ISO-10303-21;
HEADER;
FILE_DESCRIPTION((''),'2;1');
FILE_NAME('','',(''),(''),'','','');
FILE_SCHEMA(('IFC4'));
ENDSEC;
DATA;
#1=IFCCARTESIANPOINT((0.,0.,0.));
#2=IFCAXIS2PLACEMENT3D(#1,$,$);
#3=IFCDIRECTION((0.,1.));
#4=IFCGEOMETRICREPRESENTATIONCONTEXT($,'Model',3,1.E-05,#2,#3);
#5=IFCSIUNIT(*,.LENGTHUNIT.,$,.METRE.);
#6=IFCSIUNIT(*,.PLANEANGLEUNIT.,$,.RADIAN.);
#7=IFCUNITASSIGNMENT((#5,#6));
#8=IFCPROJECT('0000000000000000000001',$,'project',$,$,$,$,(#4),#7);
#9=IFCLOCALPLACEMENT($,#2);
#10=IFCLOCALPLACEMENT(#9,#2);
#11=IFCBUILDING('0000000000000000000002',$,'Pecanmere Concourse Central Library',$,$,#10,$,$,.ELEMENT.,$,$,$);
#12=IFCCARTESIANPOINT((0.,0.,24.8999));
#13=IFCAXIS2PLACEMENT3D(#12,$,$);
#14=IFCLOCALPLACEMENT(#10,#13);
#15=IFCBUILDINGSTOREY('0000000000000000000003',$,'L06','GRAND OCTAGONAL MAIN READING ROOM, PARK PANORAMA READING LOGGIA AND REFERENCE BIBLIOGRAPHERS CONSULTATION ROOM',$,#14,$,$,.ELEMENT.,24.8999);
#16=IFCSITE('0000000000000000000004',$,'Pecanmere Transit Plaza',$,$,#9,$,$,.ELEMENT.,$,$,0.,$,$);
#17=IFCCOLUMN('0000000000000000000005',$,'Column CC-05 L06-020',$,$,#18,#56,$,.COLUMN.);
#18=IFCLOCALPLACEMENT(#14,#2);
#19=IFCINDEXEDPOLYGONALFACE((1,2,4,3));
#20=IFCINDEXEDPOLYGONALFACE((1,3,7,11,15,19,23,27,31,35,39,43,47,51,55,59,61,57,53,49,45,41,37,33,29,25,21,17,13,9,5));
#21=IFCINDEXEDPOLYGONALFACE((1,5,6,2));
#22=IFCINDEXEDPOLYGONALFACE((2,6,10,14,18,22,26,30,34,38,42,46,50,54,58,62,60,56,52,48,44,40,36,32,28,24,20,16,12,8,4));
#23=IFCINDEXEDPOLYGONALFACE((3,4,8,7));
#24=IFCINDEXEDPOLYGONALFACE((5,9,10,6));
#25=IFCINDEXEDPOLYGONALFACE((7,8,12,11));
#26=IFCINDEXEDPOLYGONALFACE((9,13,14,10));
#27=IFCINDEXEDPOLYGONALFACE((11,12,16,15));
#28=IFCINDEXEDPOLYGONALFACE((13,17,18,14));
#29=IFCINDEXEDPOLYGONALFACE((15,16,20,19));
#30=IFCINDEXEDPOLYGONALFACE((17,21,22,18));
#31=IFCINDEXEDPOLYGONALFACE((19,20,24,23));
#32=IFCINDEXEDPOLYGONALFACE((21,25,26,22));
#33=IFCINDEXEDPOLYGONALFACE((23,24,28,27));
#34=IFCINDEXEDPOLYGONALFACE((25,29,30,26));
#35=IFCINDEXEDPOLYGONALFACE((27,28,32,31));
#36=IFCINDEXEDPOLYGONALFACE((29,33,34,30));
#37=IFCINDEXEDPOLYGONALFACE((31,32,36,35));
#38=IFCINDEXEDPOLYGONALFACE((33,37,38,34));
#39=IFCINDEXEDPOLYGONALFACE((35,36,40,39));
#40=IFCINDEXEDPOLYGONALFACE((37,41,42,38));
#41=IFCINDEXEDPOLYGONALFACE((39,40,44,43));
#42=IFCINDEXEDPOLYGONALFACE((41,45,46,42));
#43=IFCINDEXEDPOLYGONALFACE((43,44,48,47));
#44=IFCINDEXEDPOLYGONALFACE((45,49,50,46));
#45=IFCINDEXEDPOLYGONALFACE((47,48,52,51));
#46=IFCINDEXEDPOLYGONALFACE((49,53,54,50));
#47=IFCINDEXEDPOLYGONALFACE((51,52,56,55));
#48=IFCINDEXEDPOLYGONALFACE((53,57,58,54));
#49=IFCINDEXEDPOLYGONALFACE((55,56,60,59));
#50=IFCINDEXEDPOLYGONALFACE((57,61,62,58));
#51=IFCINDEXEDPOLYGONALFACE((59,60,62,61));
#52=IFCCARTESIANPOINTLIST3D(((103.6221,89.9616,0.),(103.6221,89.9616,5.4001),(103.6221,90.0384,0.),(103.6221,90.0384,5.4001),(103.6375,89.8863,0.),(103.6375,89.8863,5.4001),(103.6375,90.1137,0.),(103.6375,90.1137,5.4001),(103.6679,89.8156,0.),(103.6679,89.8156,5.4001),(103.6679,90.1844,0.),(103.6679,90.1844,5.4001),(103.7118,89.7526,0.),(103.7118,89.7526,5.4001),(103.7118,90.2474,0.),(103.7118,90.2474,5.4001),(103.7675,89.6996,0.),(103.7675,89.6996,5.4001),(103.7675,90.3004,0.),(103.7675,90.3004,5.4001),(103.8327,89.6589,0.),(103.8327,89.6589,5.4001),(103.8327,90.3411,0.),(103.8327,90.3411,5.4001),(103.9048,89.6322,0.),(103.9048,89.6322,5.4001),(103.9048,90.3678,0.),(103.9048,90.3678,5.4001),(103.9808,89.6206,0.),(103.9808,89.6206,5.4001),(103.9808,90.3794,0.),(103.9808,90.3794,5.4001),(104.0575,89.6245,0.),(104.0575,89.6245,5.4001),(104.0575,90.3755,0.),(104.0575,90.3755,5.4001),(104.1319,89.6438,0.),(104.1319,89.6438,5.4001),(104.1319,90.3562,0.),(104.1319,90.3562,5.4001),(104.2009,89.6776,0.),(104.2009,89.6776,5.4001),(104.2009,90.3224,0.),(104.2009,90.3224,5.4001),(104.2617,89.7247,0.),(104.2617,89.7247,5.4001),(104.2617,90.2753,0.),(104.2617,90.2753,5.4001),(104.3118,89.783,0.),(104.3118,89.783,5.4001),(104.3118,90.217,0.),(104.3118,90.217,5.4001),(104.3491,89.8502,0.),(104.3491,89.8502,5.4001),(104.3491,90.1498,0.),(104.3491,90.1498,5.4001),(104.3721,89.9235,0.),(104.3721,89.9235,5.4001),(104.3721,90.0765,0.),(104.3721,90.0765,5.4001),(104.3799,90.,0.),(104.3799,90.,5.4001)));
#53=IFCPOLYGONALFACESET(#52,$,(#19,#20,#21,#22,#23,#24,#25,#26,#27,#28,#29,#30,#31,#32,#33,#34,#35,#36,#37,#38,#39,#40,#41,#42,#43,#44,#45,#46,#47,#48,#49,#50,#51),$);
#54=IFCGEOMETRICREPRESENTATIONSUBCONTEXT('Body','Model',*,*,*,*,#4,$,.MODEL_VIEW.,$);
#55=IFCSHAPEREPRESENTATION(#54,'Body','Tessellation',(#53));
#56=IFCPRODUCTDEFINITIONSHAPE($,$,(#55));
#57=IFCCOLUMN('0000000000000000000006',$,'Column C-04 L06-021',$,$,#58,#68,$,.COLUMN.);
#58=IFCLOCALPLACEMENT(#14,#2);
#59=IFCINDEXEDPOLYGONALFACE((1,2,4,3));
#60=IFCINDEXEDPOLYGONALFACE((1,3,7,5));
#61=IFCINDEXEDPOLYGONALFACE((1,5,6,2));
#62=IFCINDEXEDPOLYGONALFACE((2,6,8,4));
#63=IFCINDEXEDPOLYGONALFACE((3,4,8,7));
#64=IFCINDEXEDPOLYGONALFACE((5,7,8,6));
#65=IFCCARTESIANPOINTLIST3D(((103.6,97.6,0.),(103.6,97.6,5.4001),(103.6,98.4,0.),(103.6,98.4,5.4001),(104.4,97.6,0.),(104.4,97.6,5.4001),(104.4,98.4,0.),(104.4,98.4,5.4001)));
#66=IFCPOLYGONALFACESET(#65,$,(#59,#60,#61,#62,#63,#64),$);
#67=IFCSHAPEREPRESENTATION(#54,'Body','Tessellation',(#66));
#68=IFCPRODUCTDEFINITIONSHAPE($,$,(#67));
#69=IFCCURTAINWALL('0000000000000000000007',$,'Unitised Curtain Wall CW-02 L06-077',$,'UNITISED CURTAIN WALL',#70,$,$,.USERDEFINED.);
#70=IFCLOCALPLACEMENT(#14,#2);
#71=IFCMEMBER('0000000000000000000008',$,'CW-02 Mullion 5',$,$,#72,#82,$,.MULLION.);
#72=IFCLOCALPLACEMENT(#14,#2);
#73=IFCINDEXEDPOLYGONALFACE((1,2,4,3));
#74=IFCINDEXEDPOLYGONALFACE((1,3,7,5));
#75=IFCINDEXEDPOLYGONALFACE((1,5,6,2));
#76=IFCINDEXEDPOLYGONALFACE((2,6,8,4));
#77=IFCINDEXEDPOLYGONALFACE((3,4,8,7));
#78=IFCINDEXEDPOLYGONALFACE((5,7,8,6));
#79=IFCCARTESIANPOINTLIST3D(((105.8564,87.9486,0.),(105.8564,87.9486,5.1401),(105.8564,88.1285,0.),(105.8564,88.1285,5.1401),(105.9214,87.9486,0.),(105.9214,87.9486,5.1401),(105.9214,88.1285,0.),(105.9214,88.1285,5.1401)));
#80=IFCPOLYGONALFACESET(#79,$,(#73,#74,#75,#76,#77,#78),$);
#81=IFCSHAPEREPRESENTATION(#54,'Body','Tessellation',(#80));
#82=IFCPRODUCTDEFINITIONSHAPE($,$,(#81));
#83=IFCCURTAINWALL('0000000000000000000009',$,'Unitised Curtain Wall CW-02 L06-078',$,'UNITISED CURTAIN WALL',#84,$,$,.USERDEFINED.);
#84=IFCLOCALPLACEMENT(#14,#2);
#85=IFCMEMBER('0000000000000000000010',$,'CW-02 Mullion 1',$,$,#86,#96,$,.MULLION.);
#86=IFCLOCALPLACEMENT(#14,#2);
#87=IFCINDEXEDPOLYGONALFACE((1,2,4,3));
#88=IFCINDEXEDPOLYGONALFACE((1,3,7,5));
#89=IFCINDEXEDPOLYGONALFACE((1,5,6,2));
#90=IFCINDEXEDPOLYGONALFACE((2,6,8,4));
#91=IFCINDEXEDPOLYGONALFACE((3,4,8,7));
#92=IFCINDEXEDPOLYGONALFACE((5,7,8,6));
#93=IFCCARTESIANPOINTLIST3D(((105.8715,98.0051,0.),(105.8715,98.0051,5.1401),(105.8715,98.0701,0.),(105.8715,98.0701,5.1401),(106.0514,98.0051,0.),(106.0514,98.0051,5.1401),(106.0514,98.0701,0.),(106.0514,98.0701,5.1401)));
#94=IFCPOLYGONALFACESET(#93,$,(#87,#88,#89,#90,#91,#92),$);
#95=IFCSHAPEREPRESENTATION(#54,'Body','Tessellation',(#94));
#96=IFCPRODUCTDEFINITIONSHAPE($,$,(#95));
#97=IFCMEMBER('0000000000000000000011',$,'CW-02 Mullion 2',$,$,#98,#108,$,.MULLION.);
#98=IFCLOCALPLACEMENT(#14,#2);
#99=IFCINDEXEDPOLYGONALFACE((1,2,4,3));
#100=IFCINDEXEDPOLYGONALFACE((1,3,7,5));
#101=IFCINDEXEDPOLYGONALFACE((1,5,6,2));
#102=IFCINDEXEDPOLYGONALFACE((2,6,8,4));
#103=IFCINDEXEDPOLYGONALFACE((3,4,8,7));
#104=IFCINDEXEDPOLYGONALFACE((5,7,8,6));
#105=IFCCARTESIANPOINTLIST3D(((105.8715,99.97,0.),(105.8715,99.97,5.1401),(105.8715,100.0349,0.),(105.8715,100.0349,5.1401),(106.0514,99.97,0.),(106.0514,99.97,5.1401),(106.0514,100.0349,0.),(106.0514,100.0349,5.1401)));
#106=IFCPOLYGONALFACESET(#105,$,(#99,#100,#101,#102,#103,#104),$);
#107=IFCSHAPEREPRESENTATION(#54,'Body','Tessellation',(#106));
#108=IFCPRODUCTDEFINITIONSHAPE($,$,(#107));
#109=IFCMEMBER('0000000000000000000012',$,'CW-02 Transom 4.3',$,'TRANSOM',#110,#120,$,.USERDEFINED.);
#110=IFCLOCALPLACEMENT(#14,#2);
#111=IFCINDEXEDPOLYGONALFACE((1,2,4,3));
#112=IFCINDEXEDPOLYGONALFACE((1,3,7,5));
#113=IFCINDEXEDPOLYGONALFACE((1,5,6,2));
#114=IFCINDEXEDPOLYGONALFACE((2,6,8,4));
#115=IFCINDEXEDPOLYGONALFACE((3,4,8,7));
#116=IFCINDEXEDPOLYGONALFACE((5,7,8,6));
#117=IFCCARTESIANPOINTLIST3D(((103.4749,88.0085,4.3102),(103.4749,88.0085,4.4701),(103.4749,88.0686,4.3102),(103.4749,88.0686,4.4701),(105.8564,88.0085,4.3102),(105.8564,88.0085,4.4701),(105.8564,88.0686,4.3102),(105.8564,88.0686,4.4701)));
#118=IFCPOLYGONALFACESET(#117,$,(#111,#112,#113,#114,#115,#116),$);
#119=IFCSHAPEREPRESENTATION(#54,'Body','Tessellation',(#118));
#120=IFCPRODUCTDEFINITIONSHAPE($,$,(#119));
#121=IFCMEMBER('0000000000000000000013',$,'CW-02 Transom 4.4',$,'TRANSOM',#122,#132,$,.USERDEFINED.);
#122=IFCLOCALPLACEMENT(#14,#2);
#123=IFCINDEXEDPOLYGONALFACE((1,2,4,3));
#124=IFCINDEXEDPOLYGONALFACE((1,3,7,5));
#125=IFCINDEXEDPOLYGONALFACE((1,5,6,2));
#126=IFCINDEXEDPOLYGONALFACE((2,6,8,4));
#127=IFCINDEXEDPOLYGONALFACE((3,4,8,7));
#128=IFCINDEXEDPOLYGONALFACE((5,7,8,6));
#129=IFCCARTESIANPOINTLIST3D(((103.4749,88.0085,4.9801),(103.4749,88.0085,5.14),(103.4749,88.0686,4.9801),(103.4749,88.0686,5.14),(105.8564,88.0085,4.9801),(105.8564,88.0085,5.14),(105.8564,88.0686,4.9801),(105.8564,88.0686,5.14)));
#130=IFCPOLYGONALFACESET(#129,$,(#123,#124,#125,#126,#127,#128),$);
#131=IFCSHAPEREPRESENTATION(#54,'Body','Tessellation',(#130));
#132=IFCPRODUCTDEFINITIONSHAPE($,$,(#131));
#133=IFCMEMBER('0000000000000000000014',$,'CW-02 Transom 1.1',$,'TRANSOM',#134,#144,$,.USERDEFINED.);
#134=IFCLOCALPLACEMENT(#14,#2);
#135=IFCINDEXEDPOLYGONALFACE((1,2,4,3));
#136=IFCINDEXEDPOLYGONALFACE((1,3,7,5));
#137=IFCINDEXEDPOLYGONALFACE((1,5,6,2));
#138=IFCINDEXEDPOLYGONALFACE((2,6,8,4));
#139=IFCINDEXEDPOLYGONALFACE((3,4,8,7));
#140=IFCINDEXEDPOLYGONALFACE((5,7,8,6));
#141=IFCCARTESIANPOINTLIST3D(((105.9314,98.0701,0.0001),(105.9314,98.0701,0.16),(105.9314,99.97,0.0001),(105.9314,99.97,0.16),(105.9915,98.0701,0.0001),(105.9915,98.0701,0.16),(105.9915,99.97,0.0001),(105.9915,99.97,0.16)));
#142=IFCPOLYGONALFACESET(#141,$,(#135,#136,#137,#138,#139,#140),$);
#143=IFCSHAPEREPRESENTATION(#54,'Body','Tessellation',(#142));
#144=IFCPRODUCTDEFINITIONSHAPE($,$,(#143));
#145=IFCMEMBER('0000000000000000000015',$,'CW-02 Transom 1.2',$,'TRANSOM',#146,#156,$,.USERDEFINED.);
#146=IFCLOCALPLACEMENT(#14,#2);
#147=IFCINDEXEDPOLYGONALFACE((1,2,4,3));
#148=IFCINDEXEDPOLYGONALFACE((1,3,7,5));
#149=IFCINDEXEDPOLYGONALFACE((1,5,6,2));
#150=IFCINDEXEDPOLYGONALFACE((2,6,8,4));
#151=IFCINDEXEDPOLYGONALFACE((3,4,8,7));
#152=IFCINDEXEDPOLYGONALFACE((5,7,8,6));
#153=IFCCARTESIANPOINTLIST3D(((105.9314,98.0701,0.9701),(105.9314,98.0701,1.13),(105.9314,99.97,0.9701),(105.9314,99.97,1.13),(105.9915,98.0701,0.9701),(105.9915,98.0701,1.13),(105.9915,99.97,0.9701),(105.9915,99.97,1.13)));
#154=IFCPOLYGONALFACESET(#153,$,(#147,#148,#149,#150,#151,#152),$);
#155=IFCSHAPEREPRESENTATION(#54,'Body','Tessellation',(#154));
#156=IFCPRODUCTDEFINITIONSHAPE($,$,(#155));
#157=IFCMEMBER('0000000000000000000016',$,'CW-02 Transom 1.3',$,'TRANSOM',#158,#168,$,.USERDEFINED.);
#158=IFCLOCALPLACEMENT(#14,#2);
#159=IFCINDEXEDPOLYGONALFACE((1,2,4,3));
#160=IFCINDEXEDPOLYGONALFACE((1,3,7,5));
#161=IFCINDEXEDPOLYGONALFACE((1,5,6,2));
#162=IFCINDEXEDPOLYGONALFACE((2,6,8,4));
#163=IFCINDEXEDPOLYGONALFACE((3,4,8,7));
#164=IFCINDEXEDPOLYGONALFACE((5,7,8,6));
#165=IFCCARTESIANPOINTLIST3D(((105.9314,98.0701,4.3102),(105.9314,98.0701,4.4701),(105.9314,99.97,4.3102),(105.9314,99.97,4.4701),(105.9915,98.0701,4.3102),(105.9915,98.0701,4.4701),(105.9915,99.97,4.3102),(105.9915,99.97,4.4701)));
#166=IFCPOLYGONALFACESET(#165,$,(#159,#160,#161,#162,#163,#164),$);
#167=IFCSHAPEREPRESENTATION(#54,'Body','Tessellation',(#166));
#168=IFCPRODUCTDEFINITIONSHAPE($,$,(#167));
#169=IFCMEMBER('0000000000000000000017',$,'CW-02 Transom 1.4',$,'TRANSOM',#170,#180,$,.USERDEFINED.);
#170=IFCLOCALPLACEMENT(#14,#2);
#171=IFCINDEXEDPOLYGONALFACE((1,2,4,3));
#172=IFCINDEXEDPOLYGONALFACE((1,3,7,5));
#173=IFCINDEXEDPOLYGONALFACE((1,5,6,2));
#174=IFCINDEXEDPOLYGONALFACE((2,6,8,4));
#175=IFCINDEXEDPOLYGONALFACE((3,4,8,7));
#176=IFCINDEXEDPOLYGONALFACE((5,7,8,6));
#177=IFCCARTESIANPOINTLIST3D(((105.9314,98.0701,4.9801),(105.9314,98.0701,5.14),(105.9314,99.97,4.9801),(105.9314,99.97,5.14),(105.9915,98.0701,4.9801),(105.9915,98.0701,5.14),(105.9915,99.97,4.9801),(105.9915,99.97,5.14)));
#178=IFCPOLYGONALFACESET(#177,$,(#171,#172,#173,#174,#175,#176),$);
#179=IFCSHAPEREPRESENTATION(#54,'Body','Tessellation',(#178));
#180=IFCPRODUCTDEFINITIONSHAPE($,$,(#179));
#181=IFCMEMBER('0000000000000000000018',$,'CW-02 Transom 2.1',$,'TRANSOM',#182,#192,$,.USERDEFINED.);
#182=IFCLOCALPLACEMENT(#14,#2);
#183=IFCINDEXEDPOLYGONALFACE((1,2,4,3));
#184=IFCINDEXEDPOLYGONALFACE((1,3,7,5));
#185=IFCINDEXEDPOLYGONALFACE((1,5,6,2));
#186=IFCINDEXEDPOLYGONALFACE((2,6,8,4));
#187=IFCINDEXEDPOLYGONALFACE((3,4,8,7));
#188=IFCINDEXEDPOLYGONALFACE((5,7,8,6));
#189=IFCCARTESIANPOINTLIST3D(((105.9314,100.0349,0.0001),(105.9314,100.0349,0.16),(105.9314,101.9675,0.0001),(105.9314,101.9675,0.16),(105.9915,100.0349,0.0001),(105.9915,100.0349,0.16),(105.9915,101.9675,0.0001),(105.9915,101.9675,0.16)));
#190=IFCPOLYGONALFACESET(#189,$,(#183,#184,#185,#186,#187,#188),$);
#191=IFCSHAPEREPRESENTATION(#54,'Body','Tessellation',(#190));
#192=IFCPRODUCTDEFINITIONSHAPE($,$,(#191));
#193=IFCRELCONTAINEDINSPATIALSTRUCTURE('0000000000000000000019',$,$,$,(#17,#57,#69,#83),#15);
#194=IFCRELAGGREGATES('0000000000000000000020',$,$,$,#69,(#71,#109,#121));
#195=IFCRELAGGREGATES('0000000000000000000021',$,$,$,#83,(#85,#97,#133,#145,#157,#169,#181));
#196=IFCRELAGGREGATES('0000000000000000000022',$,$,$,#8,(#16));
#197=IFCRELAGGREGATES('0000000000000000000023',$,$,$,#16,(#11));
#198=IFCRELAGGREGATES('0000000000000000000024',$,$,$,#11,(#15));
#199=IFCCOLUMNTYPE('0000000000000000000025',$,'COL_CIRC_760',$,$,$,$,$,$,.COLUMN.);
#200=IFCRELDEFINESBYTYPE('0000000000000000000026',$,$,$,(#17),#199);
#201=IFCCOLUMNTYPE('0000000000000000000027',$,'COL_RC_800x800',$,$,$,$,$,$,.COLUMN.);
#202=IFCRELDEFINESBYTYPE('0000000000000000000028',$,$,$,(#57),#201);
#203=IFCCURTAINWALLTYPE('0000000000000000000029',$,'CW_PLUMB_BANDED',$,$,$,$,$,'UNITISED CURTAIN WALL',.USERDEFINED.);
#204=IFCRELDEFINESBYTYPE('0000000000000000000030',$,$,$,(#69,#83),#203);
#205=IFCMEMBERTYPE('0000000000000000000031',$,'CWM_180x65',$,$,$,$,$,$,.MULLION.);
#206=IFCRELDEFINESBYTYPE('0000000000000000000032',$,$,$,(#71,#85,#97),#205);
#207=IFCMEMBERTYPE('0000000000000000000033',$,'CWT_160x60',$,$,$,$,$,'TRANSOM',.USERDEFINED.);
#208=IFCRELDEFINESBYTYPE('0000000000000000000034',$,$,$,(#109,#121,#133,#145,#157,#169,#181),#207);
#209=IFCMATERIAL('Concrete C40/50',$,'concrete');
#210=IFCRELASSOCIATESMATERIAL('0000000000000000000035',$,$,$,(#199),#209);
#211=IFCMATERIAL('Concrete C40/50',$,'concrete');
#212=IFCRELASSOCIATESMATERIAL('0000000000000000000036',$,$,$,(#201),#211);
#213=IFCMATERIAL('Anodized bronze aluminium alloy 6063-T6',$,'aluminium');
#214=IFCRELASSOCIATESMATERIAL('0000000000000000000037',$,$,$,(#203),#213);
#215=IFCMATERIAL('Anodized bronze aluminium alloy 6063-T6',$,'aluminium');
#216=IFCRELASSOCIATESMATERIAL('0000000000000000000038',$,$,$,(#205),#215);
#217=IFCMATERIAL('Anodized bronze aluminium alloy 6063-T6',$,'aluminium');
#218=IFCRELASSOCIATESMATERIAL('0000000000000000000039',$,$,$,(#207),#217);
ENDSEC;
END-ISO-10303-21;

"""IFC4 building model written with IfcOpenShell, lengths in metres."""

from ifc_helpers import new_model, si_unit, direction, frame, origin, origin_2d, place, context, subcontext, project, spatial, rectangle, circle, extrude, material, material_profile, profile_set, type_object, element, aggregate, save


model = new_model("IFC4")

# Units and contexts
model_context = context("Model", 3, precision=1e-05, world=origin(), true_north=direction((0.0, 1.0)))
body_context = subcontext(model_context, "Body", "Model", "MODEL_VIEW")
ifc_project = project(units=[si_unit("LENGTHUNIT", "METRE"), si_unit("PLANEANGLEUNIT", "RADIAN")], contexts=[model_context])

# Site, building, storey
site_placement = place(None, origin())
site = spatial("IfcSite", under=ifc_project, at=site_placement, Name="Pecanmere Transit Plaza", CompositionType="ELEMENT", RefElevation=0.0)
building_placement = place(site_placement, origin())
building = spatial("IfcBuilding", under=site, at=building_placement, Name="Pecanmere Concourse Central Library", CompositionType="ELEMENT")
storey_placement = place(building_placement, frame((0.0, 0.0, 24.8999)))
storey = spatial("IfcBuildingStorey", under=building, at=storey_placement, Name="L06", Description="GRAND OCTAGONAL MAIN READING ROOM, PARK PANORAMA READING LOGGIA AND REFERENCE BIBLIOGRAPHERS CONSULTATION ROOM", CompositionType="ELEMENT", Elevation=24.8999)

# Columns
ifc_material_1 = material(Name="Concrete C40/50", Category="concrete")
ifc_material_profile_1 = material_profile(ifc_material_1, circle(Radius=0.3799, at=origin_2d()), Name="RC D760")
ifc_profile_set_1 = profile_set([ifc_material_profile_1], Name="Concrete C40/50")
column_type_1 = type_object("IfcColumnType", Name="COL_CIRC_760", PredefinedType="COLUMN", material=ifc_profile_set_1)
column_1_placement = place(storey_placement, frame((104.0, 90.0, 0.0), z_axis=(0.0, 0.0, 1.0), x_axis=(1.0, 0.0, 0.0)))
element("IfcColumn", 1, at=column_1_placement, inside=storey, type_object=column_type_1, Name="Column CC-05 L06-020", PredefinedType="COLUMN", context=body_context, shape_type="SweptSolid", body=[
    extrude(circle(Radius=0.3799, at=origin_2d()), origin(), (0.0, 0.0, 1.0), 5.4001),
])
ifc_material_2 = material(Name="Concrete C40/50", Category="concrete")
ifc_material_profile_2 = material_profile(ifc_material_2, rectangle(XDim=0.8, YDim=0.8, at=origin_2d()), Name="RC 800x800")
ifc_profile_set_2 = profile_set([ifc_material_profile_2], Name="Concrete C40/50")
column_type_2 = type_object("IfcColumnType", Name="COL_RC_800x800", PredefinedType="COLUMN", material=ifc_profile_set_2)
column_2_placement = place(storey_placement, frame((104.0, 98.0, 0.0), z_axis=(0.0, 0.0, 1.0), x_axis=(1.0, 0.0, 0.0)))
element("IfcColumn", 2, at=column_2_placement, inside=storey, type_object=column_type_2, Name="Column C-04 L06-021", PredefinedType="COLUMN", context=body_context, shape_type="SweptSolid", body=[
    extrude(rectangle(XDim=0.8, YDim=0.8, at=origin_2d()), origin(), (0.0, 0.0, 1.0), 5.4001),
])

# Curtain wall, member
ifc_material_3 = material(Name="Anodized bronze aluminium alloy 6063-T6", Category="aluminium")
curtain_wall_type = type_object("IfcCurtainWallType", Name="CW_PLUMB_BANDED", ElementType="UNITISED CURTAIN WALL", PredefinedType="USERDEFINED", material=ifc_material_3)
curtain_wall_1_placement = place(storey_placement, origin())
curtain_wall_1 = element("IfcCurtainWall", 3, at=curtain_wall_1_placement, inside=storey, type_object=curtain_wall_type, Name="Unitised Curtain Wall CW-02 L06-077", ObjectType="UNITISED CURTAIN WALL", PredefinedType="USERDEFINED")
ifc_material_4 = material(Name="Anodized bronze aluminium alloy 6063-T6", Category="aluminium")
ifc_material_profile_3 = material_profile(ifc_material_4, rectangle(XDim=0.0649, YDim=0.1799, at=origin_2d()), Name="AL 65x180")
ifc_profile_set_3 = profile_set([ifc_material_profile_3], Name="Anodized bronze aluminium alloy 6063-T6")
member_type_1 = type_object("IfcMemberType", Name="CWM_180x65", PredefinedType="MULLION", material=ifc_profile_set_3)
member_1_placement = place(storey_placement, frame((105.8889, 88.0386, 0.0), z_axis=(0.0, 0.0, 1.0), x_axis=(1.0, 0.0, 0.0)))
member_1 = element("IfcMember", 4, at=member_1_placement, type_object=member_type_1, Name="CW-02 Mullion 5", PredefinedType="MULLION", context=body_context, shape_type="SweptSolid", body=[
    extrude(rectangle(XDim=0.0649, YDim=0.1799, at=origin_2d()), origin(), (0.0, 0.0, 1.0), 5.1401),
])

# Curtain wall, members
curtain_wall_2_placement = place(storey_placement, origin())
curtain_wall_2 = element("IfcCurtainWall", 5, at=curtain_wall_2_placement, inside=storey, type_object=curtain_wall_type, Name="Unitised Curtain Wall CW-02 L06-078", ObjectType="UNITISED CURTAIN WALL", PredefinedType="USERDEFINED")
member_2_placement = place(storey_placement, frame((105.9614, 98.0376, 0.0), z_axis=(0.0, 0.0, 1.0), x_axis=(0.0, 1.0, 0.0)))
member_2 = element("IfcMember", 6, at=member_2_placement, type_object=member_type_1, Name="CW-02 Mullion 1", PredefinedType="MULLION", context=body_context, shape_type="SweptSolid", body=[
    extrude(rectangle(XDim=0.0649, YDim=0.1799, at=origin_2d()), origin(), (0.0, 0.0, 1.0), 5.1401),
])
member_3_placement = place(storey_placement, frame((105.9614, 100.0024, 0.0), z_axis=(0.0, 0.0, 1.0), x_axis=(0.0, 1.0, 0.0)))
member_3 = element("IfcMember", 7, at=member_3_placement, type_object=member_type_1, Name="CW-02 Mullion 2", PredefinedType="MULLION", context=body_context, shape_type="SweptSolid", body=[
    extrude(rectangle(XDim=0.0649, YDim=0.1799, at=origin_2d()), origin(), (0.0, 0.0, 1.0), 5.1401),
])

# Members
ifc_material_5 = material(Name="Anodized bronze aluminium alloy 6063-T6", Category="aluminium")
ifc_material_profile_4 = material_profile(ifc_material_5, rectangle(XDim=0.0601, YDim=0.1599, at=origin_2d()), Name="AL 60x160")
ifc_profile_set_4 = profile_set([ifc_material_profile_4], Name="Anodized bronze aluminium alloy 6063-T6")
member_type_2 = type_object("IfcMemberType", Name="CWT_160x60", ElementType="TRANSOM", PredefinedType="USERDEFINED", material=ifc_profile_set_4)
member_4_placement = place(storey_placement, frame((103.4749, 88.0386, 4.3901), z_axis=(1.0, 0.0, 0.0), x_axis=(0.0, 1.0, 0.0)))
member_4 = element("IfcMember", 8, at=member_4_placement, type_object=member_type_2, Name="CW-02 Transom 4.3", ObjectType="TRANSOM", PredefinedType="USERDEFINED", context=body_context, shape_type="SweptSolid", body=[
    extrude(rectangle(XDim=0.0601, YDim=0.1599, at=origin_2d()), origin(), (0.0, 0.0, 1.0), 2.3816),
])
member_5_placement = place(storey_placement, frame((103.4749, 88.0386, 5.0601), z_axis=(1.0, 0.0, 0.0), x_axis=(0.0, 1.0, 0.0)))
member_5 = element("IfcMember", 9, at=member_5_placement, type_object=member_type_2, Name="CW-02 Transom 4.4", ObjectType="TRANSOM", PredefinedType="USERDEFINED", context=body_context, shape_type="SweptSolid", body=[
    extrude(rectangle(XDim=0.0601, YDim=0.1599, at=origin_2d()), origin(), (0.0, 0.0, 1.0), 2.3816),
])
member_6_placement = place(storey_placement, frame((105.9614, 98.0701, 0.0801), z_axis=(0.0, 1.0, 0.0), x_axis=(-1.0, 0.0, 0.0)))
member_6 = element("IfcMember", 10, at=member_6_placement, type_object=member_type_2, Name="CW-02 Transom 1.1", ObjectType="TRANSOM", PredefinedType="USERDEFINED", context=body_context, shape_type="SweptSolid", body=[
    extrude(rectangle(XDim=0.0601, YDim=0.1599, at=origin_2d()), origin(), (0.0, 0.0, 1.0), 1.8999),
])
member_7_placement = place(storey_placement, frame((105.9614, 98.0701, 1.05), z_axis=(0.0, 1.0, 0.0), x_axis=(-1.0, 0.0, 0.0)))
member_7 = element("IfcMember", 11, at=member_7_placement, type_object=member_type_2, Name="CW-02 Transom 1.2", ObjectType="TRANSOM", PredefinedType="USERDEFINED", context=body_context, shape_type="SweptSolid", body=[
    extrude(rectangle(XDim=0.0601, YDim=0.1599, at=origin_2d()), origin(), (0.0, 0.0, 1.0), 1.8999),
])
member_8_placement = place(storey_placement, frame((105.9614, 98.0701, 4.3901), z_axis=(0.0, 1.0, 0.0), x_axis=(-1.0, 0.0, 0.0)))
member_8 = element("IfcMember", 12, at=member_8_placement, type_object=member_type_2, Name="CW-02 Transom 1.3", ObjectType="TRANSOM", PredefinedType="USERDEFINED", context=body_context, shape_type="SweptSolid", body=[
    extrude(rectangle(XDim=0.0601, YDim=0.1599, at=origin_2d()), origin(), (0.0, 0.0, 1.0), 1.8999),
])
member_9_placement = place(storey_placement, frame((105.9614, 98.0701, 5.0601), z_axis=(0.0, 1.0, 0.0), x_axis=(-1.0, 0.0, 0.0)))
member_9 = element("IfcMember", 13, at=member_9_placement, type_object=member_type_2, Name="CW-02 Transom 1.4", ObjectType="TRANSOM", PredefinedType="USERDEFINED", context=body_context, shape_type="SweptSolid", body=[
    extrude(rectangle(XDim=0.0601, YDim=0.1599, at=origin_2d()), origin(), (0.0, 0.0, 1.0), 1.8999),
])
member_10_placement = place(storey_placement, frame((105.9614, 100.0349, 0.0801), z_axis=(0.0, 1.0, 0.0), x_axis=(-1.0, 0.0, 0.0)))
member_10 = element("IfcMember", 14, at=member_10_placement, type_object=member_type_2, Name="CW-02 Transom 2.1", ObjectType="TRANSOM", PredefinedType="USERDEFINED", context=body_context, shape_type="SweptSolid", body=[
    extrude(rectangle(XDim=0.0601, YDim=0.1599, at=origin_2d()), origin(), (0.0, 0.0, 1.0), 1.9326),
])

aggregate(curtain_wall_1, [member_1, member_4, member_5])
aggregate(curtain_wall_2, [member_2, member_3, member_6, member_7, member_8, member_9, member_10])

save(model, "model.ifc")
